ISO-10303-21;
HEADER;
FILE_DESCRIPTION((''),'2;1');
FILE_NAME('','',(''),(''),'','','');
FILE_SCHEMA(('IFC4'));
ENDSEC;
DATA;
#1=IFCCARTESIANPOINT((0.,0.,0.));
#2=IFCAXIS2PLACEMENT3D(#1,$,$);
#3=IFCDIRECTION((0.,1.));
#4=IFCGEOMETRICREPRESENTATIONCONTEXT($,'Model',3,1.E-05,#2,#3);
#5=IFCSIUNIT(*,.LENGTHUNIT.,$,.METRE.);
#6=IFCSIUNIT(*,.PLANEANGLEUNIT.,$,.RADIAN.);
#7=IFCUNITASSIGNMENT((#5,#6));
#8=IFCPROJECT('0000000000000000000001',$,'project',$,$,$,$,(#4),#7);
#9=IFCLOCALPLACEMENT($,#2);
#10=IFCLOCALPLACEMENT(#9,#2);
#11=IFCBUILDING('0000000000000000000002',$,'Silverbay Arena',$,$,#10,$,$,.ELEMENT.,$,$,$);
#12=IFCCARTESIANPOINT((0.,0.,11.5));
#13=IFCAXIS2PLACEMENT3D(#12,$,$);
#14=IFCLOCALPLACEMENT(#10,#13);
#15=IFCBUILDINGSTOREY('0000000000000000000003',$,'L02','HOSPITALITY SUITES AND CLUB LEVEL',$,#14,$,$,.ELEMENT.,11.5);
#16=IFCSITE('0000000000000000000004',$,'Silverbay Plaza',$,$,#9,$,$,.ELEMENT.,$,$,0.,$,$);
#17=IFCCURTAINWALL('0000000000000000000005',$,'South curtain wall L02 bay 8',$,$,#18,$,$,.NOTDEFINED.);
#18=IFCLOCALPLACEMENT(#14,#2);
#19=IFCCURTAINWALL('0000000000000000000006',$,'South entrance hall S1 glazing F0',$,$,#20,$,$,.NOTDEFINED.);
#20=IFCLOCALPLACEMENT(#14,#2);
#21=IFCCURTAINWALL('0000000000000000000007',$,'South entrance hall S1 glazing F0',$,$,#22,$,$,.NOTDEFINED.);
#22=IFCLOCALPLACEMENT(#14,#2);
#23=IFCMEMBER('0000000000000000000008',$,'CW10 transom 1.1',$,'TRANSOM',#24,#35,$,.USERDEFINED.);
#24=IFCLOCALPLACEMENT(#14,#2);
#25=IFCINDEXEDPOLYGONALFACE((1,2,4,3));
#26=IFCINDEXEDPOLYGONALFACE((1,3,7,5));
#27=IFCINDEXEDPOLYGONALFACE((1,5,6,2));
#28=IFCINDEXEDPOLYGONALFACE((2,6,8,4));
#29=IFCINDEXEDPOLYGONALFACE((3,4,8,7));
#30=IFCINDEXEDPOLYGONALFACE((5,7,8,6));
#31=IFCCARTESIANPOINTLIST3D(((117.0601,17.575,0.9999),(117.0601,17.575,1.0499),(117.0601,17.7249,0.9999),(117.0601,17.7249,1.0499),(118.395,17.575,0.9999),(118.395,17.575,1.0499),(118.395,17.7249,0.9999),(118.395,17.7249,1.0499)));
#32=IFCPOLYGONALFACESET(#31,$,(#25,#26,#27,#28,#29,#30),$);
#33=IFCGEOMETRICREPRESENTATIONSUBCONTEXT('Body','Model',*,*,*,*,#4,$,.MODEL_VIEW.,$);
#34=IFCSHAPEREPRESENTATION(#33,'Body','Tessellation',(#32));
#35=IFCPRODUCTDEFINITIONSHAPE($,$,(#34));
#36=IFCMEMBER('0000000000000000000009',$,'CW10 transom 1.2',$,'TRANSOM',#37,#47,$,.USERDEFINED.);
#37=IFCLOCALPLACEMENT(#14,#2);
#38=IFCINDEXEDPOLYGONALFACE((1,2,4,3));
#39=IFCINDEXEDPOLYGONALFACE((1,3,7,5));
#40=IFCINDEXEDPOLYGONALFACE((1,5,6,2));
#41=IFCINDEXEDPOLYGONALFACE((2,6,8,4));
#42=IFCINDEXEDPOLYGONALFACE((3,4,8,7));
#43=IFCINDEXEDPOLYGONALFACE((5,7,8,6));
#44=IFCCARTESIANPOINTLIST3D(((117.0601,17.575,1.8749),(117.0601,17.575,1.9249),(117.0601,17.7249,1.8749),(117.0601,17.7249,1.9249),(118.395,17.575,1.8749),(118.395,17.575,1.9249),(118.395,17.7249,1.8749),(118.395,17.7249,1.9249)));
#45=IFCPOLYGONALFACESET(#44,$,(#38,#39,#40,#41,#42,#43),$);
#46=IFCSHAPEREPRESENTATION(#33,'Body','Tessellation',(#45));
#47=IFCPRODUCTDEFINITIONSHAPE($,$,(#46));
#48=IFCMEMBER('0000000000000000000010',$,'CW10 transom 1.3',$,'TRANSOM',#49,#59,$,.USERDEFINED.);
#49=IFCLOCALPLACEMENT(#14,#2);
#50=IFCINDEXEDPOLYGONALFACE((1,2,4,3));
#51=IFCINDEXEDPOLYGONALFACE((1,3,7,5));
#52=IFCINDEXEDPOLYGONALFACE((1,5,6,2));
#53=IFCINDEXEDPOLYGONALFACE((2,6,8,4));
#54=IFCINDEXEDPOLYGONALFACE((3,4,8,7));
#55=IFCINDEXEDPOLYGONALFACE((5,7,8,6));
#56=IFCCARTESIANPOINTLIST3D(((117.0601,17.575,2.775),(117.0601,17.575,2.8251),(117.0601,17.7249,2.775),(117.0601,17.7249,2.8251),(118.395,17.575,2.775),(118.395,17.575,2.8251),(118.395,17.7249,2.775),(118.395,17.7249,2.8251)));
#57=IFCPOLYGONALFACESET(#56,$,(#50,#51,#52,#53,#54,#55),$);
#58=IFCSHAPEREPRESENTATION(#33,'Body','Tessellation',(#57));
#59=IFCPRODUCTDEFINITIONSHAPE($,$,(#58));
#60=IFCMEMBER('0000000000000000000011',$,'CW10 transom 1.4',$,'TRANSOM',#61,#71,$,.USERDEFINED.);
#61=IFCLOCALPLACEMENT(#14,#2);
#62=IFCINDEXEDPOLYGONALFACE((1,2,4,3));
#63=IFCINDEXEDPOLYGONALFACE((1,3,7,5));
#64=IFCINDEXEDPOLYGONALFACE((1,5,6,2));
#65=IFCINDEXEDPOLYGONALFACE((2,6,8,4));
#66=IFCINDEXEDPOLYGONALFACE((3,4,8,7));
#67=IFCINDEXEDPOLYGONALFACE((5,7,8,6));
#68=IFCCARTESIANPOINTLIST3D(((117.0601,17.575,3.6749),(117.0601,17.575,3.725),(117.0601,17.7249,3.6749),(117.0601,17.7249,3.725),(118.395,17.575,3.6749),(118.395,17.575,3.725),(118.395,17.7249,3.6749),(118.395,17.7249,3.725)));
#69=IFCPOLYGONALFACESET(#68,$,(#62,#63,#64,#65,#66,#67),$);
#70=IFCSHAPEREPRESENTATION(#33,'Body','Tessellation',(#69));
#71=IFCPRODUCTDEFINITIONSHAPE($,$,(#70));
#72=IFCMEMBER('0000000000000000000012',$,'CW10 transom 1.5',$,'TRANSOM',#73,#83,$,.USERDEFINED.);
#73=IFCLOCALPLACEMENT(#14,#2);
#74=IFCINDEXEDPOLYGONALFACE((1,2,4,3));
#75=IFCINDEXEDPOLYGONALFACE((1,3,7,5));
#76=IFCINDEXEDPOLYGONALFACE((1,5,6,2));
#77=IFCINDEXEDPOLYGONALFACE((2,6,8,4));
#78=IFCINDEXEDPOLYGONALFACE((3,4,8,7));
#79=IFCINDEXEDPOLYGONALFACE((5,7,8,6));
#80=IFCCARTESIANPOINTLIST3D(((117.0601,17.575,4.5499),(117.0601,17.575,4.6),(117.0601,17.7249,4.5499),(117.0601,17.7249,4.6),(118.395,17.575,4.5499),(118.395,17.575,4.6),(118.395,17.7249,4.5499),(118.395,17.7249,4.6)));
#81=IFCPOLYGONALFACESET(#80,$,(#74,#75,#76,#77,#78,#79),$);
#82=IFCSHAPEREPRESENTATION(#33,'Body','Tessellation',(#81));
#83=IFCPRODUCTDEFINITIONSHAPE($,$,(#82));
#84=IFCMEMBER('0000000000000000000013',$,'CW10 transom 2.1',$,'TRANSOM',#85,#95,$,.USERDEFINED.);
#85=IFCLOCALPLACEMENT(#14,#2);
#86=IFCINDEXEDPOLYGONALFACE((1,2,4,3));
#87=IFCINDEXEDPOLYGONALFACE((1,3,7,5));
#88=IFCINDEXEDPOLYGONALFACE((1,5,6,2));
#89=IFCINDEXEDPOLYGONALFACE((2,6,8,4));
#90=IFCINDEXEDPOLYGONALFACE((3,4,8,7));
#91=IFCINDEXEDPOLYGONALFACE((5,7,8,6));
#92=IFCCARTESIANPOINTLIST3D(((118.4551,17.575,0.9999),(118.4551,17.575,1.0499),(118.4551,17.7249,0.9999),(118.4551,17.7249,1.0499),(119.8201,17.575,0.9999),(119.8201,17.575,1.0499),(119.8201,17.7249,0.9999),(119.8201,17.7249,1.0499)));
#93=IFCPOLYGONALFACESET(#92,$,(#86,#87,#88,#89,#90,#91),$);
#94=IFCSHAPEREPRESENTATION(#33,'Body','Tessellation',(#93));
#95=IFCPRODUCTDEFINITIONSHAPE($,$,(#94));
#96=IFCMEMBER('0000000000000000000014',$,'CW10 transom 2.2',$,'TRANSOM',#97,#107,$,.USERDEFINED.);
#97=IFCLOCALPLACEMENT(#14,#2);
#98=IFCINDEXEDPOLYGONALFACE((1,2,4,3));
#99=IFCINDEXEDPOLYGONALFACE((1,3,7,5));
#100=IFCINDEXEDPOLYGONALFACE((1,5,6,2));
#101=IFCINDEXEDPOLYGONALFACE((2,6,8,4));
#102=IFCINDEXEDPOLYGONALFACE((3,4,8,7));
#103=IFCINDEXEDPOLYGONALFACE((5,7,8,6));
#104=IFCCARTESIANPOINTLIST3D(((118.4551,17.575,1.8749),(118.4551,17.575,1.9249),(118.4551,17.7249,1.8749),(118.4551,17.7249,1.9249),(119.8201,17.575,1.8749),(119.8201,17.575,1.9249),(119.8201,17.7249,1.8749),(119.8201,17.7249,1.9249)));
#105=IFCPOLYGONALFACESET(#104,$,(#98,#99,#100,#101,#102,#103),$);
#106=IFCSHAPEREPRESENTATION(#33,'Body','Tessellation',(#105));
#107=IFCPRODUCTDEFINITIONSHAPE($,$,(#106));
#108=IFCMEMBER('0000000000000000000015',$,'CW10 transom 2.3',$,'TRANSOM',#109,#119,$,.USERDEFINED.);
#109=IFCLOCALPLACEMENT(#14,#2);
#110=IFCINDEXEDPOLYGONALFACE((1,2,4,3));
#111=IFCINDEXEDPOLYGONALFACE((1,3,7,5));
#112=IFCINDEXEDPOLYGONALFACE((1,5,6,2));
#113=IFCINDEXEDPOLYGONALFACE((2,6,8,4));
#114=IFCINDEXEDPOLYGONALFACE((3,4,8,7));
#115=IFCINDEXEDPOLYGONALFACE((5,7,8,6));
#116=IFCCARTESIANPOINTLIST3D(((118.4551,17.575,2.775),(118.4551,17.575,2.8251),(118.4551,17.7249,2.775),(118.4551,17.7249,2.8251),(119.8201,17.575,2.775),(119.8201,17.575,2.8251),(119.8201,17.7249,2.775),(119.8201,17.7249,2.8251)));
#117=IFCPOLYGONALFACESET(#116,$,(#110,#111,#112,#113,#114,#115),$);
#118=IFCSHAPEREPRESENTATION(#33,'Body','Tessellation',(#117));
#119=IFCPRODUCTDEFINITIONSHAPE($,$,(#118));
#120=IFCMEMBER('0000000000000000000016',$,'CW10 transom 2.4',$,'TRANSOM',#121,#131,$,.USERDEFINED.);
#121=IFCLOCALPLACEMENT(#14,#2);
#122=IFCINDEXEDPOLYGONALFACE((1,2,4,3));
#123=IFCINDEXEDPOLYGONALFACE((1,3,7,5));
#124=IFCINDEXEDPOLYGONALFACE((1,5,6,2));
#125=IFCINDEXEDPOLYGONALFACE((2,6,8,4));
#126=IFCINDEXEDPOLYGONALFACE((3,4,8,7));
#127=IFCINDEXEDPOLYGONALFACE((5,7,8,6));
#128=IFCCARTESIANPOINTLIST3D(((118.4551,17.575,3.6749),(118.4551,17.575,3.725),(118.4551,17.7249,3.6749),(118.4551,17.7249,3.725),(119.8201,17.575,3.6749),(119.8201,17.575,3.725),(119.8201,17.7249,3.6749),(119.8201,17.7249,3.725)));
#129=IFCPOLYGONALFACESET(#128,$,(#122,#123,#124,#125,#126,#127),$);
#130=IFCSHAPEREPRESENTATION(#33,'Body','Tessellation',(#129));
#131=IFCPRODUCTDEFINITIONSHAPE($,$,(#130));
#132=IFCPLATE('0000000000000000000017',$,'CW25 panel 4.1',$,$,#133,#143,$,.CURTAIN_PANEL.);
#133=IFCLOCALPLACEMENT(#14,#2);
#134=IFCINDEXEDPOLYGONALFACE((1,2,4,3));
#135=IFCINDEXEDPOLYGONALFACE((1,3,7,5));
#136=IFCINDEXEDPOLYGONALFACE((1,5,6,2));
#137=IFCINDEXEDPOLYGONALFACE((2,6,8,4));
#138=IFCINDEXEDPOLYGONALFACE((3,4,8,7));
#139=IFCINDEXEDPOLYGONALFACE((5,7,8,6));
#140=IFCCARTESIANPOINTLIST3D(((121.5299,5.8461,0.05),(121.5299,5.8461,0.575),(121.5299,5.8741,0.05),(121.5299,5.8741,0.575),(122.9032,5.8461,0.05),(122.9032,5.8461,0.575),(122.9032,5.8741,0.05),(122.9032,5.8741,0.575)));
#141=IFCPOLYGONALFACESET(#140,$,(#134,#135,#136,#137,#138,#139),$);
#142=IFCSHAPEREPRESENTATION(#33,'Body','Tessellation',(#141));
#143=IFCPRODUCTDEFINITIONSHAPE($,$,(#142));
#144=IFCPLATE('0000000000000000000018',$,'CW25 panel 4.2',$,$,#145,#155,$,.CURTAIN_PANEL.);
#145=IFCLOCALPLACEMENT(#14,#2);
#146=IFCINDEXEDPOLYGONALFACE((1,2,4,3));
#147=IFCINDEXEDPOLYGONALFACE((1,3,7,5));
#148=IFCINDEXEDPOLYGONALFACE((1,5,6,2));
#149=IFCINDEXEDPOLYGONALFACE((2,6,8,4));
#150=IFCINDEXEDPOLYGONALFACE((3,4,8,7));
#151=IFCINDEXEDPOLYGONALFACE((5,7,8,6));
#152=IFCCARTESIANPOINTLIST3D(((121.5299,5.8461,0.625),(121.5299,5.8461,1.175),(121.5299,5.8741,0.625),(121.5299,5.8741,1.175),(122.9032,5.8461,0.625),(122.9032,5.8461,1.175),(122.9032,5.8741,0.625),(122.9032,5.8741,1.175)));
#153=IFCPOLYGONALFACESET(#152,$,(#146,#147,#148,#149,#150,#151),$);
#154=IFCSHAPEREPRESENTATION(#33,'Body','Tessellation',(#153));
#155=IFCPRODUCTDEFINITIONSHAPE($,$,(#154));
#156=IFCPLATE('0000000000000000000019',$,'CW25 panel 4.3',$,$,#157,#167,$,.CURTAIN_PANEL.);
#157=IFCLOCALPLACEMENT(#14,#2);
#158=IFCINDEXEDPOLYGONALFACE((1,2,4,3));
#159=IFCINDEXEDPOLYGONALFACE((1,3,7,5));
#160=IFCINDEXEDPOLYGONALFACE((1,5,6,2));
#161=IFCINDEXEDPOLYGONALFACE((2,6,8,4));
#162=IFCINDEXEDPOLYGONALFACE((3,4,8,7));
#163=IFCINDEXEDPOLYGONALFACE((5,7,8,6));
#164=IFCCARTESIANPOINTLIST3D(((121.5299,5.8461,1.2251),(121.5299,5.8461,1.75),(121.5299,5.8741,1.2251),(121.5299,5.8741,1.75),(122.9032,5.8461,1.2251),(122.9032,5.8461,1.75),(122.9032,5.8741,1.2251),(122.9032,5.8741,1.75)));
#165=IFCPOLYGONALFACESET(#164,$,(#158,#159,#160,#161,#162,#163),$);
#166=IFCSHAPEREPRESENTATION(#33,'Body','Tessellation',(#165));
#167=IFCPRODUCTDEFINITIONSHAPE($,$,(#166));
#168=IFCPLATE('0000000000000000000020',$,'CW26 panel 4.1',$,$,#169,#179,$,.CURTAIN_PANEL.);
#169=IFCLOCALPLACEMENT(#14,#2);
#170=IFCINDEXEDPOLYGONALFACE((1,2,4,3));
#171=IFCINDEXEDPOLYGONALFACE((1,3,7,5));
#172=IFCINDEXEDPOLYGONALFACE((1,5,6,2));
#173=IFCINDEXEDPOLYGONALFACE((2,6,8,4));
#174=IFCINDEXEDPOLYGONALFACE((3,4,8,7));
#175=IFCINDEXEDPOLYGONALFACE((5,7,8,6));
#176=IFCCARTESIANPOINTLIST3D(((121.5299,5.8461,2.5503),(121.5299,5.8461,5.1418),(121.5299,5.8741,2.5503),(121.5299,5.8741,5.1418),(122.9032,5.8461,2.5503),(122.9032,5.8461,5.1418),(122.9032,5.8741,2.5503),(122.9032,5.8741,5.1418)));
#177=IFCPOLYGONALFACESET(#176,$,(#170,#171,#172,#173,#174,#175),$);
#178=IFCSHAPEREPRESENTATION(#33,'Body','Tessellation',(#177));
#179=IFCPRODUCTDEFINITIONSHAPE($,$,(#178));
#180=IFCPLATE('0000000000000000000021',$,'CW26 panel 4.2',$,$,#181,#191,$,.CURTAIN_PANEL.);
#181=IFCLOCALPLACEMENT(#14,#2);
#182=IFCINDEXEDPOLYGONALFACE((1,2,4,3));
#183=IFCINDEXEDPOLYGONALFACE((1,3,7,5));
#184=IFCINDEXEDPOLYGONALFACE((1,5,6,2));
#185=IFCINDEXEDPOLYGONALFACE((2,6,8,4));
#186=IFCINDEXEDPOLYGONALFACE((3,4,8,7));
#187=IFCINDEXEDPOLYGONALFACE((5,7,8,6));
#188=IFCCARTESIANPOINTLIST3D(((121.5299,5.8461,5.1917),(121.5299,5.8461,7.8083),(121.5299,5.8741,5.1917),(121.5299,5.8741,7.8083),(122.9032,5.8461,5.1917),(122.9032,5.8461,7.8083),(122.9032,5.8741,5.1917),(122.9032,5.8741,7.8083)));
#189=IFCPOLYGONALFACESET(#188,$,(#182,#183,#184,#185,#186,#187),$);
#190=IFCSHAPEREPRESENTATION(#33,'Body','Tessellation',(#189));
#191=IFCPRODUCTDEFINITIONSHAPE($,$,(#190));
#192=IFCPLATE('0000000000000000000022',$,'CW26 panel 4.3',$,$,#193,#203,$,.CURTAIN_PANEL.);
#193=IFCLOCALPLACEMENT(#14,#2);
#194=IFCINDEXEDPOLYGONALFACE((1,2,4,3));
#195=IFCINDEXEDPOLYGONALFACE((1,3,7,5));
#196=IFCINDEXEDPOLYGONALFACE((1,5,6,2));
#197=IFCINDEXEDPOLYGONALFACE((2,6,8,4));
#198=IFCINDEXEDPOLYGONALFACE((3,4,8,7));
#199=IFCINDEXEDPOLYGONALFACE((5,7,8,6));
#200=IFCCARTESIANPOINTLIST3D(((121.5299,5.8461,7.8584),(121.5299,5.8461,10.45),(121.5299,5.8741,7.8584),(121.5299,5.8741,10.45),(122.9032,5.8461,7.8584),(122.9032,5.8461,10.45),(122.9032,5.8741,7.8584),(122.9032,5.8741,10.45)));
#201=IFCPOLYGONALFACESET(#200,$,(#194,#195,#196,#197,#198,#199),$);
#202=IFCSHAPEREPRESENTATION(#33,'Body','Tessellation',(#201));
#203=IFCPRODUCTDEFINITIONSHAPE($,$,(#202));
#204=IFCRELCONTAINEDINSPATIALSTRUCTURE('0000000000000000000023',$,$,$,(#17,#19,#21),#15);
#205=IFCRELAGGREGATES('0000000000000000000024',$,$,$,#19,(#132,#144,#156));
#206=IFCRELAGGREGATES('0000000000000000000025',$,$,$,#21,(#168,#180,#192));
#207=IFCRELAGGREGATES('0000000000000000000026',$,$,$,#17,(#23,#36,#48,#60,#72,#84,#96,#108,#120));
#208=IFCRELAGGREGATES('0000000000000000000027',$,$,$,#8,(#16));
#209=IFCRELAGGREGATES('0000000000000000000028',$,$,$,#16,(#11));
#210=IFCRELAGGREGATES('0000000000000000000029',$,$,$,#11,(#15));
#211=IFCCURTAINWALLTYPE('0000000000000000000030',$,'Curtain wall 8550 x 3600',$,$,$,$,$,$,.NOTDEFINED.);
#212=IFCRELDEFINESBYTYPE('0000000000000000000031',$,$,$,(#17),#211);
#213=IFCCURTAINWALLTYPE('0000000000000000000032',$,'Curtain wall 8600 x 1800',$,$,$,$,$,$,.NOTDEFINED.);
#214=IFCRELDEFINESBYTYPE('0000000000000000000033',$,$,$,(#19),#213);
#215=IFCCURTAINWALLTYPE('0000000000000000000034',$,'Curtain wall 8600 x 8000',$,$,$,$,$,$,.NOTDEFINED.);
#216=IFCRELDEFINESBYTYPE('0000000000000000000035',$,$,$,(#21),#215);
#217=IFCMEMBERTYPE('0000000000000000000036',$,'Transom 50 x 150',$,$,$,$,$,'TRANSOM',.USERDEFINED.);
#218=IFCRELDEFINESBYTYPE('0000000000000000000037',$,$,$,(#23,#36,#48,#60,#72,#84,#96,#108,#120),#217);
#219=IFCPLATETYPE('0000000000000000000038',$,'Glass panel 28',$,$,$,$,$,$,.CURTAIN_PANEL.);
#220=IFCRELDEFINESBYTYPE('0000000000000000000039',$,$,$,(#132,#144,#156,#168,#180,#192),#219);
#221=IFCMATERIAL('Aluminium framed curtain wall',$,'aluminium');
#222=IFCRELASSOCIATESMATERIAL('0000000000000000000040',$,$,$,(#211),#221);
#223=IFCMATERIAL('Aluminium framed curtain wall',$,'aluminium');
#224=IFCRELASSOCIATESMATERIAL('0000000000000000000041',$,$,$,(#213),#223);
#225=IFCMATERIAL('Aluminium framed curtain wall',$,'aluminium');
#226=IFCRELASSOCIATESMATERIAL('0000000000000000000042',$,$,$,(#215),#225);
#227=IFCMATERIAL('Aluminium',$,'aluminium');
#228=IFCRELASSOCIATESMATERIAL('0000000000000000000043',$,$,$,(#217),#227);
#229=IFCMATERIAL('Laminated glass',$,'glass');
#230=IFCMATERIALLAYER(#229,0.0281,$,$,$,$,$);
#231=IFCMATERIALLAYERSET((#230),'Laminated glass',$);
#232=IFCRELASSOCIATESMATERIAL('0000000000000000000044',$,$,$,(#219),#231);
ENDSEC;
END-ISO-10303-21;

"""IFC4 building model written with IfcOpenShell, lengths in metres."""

from ifc_helpers import new_model, si_unit, direction, frame, origin, origin_2d, place, context, subcontext, project, spatial, rectangle, extrude, material, layer, layer_set, material_profile, profile_set, type_object, element, aggregate, save


model = new_model("IFC4")

# Units and contexts
model_context = context("Model", 3, precision=1e-05, world=origin(), true_north=direction((0.0, 1.0)))
body_context = subcontext(model_context, "Body", "Model", "MODEL_VIEW")
ifc_project = project(units=[si_unit("LENGTHUNIT", "METRE"), si_unit("PLANEANGLEUNIT", "RADIAN")], contexts=[model_context])

# Site, building, storey
site_placement = place(None, origin())
site = spatial("IfcSite", under=ifc_project, at=site_placement, Name="Silverbay Plaza", CompositionType="ELEMENT", RefElevation=0.0)
building_placement = place(site_placement, origin())
building = spatial("IfcBuilding", under=site, at=building_placement, Name="Silverbay Arena", CompositionType="ELEMENT")
storey_placement = place(building_placement, frame((0.0, 0.0, 11.5)))
storey = spatial("IfcBuildingStorey", under=building, at=storey_placement, Name="L02", Description="HOSPITALITY SUITES AND CLUB LEVEL", CompositionType="ELEMENT", Elevation=11.5)

# Curtain wall
ifc_material_1 = material(Name="Aluminium framed curtain wall", Category="aluminium")
curtain_wall_type_1 = type_object("IfcCurtainWallType", Name="Curtain wall 8550 x 3600", PredefinedType="NOTDEFINED", material=ifc_material_1)
curtain_wall_1_placement = place(storey_placement, origin())
curtain_wall_1 = element("IfcCurtainWall", 1, at=curtain_wall_1_placement, inside=storey, type_object=curtain_wall_type_1, Name="South curtain wall L02 bay 8", PredefinedType="NOTDEFINED")

# Curtain walls
ifc_material_2 = material(Name="Aluminium framed curtain wall", Category="aluminium")
curtain_wall_type_2 = type_object("IfcCurtainWallType", Name="Curtain wall 8600 x 1800", PredefinedType="NOTDEFINED", material=ifc_material_2)
curtain_wall_2_placement = place(storey_placement, origin())
curtain_wall_2 = element("IfcCurtainWall", 2, at=curtain_wall_2_placement, inside=storey, type_object=curtain_wall_type_2, Name="South entrance hall S1 glazing F0", PredefinedType="NOTDEFINED")
ifc_material_3 = material(Name="Aluminium framed curtain wall", Category="aluminium")
curtain_wall_type_3 = type_object("IfcCurtainWallType", Name="Curtain wall 8600 x 8000", PredefinedType="NOTDEFINED", material=ifc_material_3)
curtain_wall_3_placement = place(storey_placement, origin())
curtain_wall_3 = element("IfcCurtainWall", 3, at=curtain_wall_3_placement, inside=storey, type_object=curtain_wall_type_3, Name="South entrance hall S1 glazing F0", PredefinedType="NOTDEFINED")

# Members
ifc_material_4 = material(Name="Aluminium", Category="aluminium")
ifc_material_profile_1 = material_profile(ifc_material_4, rectangle(XDim=0.1499, YDim=0.05, at=origin_2d()), Name="Transom 50 x 150")
ifc_profile_set_1 = profile_set([ifc_material_profile_1], Name="Aluminium")
member_type_1 = type_object("IfcMemberType", Name="Transom 50 x 150", ElementType="TRANSOM", PredefinedType="USERDEFINED", material=ifc_profile_set_1)
member_1_placement = place(storey_placement, frame((117.0601, 17.6499, 1.0249), z_axis=(1.0, 0.0, 0.0), x_axis=(0.0, 1.0, 0.0)))
member_1 = element("IfcMember", 4, at=member_1_placement, type_object=member_type_1, Name="CW10 transom 1.1", ObjectType="TRANSOM", PredefinedType="USERDEFINED", context=body_context, shape_type="SweptSolid", body=[
    extrude(rectangle(XDim=0.1499, YDim=0.05, at=origin_2d()), origin(), (0.0, 0.0, 1.0), 1.335),
])
member_2_placement = place(storey_placement, frame((117.0601, 17.6499, 1.8999), z_axis=(1.0, 0.0, 0.0), x_axis=(0.0, 1.0, 0.0)))
member_2 = element("IfcMember", 5, at=member_2_placement, type_object=member_type_1, Name="CW10 transom 1.2", ObjectType="TRANSOM", PredefinedType="USERDEFINED", context=body_context, shape_type="SweptSolid", body=[
    extrude(rectangle(XDim=0.1499, YDim=0.05, at=origin_2d()), origin(), (0.0, 0.0, 1.0), 1.335),
])
member_3_placement = place(storey_placement, frame((117.0601, 17.6499, 2.8), z_axis=(1.0, 0.0, 0.0), x_axis=(0.0, 1.0, 0.0)))
member_3 = element("IfcMember", 6, at=member_3_placement, type_object=member_type_1, Name="CW10 transom 1.3", ObjectType="TRANSOM", PredefinedType="USERDEFINED", context=body_context, shape_type="SweptSolid", body=[
    extrude(rectangle(XDim=0.1499, YDim=0.05, at=origin_2d()), origin(), (0.0, 0.0, 1.0), 1.335),
])
member_4_placement = place(storey_placement, frame((117.0601, 17.6499, 3.7), z_axis=(1.0, 0.0, 0.0), x_axis=(0.0, 1.0, 0.0)))
member_4 = element("IfcMember", 7, at=member_4_placement, type_object=member_type_1, Name="CW10 transom 1.4", ObjectType="TRANSOM", PredefinedType="USERDEFINED", context=body_context, shape_type="SweptSolid", body=[
    extrude(rectangle(XDim=0.1499, YDim=0.05, at=origin_2d()), origin(), (0.0, 0.0, 1.0), 1.335),
])
member_5_placement = place(storey_placement, frame((117.0601, 17.6499, 4.575), z_axis=(1.0, 0.0, 0.0), x_axis=(0.0, 1.0, 0.0)))
member_5 = element("IfcMember", 8, at=member_5_placement, type_object=member_type_1, Name="CW10 transom 1.5", ObjectType="TRANSOM", PredefinedType="USERDEFINED", context=body_context, shape_type="SweptSolid", body=[
    extrude(rectangle(XDim=0.1499, YDim=0.05, at=origin_2d()), origin(), (0.0, 0.0, 1.0), 1.335),
])
member_6_placement = place(storey_placement, frame((118.4551, 17.6499, 1.0249), z_axis=(1.0, 0.0, 0.0), x_axis=(0.0, 1.0, 0.0)))
member_6 = element("IfcMember", 9, at=member_6_placement, type_object=member_type_1, Name="CW10 transom 2.1", ObjectType="TRANSOM", PredefinedType="USERDEFINED", context=body_context, shape_type="SweptSolid", body=[
    extrude(rectangle(XDim=0.1499, YDim=0.05, at=origin_2d()), origin(), (0.0, 0.0, 1.0), 1.365),
])
member_7_placement = place(storey_placement, frame((118.4551, 17.6499, 1.8999), z_axis=(1.0, 0.0, 0.0), x_axis=(0.0, 1.0, 0.0)))
member_7 = element("IfcMember", 10, at=member_7_placement, type_object=member_type_1, Name="CW10 transom 2.2", ObjectType="TRANSOM", PredefinedType="USERDEFINED", context=body_context, shape_type="SweptSolid", body=[
    extrude(rectangle(XDim=0.1499, YDim=0.05, at=origin_2d()), origin(), (0.0, 0.0, 1.0), 1.365),
])
member_8_placement = place(storey_placement, frame((118.4551, 17.6499, 2.8), z_axis=(1.0, 0.0, 0.0), x_axis=(0.0, 1.0, 0.0)))
member_8 = element("IfcMember", 11, at=member_8_placement, type_object=member_type_1, Name="CW10 transom 2.3", ObjectType="TRANSOM", PredefinedType="USERDEFINED", context=body_context, shape_type="SweptSolid", body=[
    extrude(rectangle(XDim=0.1499, YDim=0.05, at=origin_2d()), origin(), (0.0, 0.0, 1.0), 1.365),
])
member_9_placement = place(storey_placement, frame((118.4551, 17.6499, 3.7), z_axis=(1.0, 0.0, 0.0), x_axis=(0.0, 1.0, 0.0)))
member_9 = element("IfcMember", 12, at=member_9_placement, type_object=member_type_1, Name="CW10 transom 2.4", ObjectType="TRANSOM", PredefinedType="USERDEFINED", context=body_context, shape_type="SweptSolid", body=[
    extrude(rectangle(XDim=0.1499, YDim=0.05, at=origin_2d()), origin(), (0.0, 0.0, 1.0), 1.365),
])

# Plates
ifc_material_5 = material(Name="Laminated glass", Category="glass")
ifc_layer_1 = layer(ifc_material_5, 0.0281)
ifc_layer_set_1 = layer_set([ifc_layer_1], Name="Laminated glass")
plate_type_1 = type_object("IfcPlateType", Name="Glass panel 28", PredefinedType="CURTAIN_PANEL", material=ifc_layer_set_1)
plate_1_placement = place(storey_placement, frame((122.2166, 5.8601, 0.05), z_axis=(0.0, 0.0, 1.0), x_axis=(1.0, 0.0, 0.0)))
plate_1 = element("IfcPlate", 13, at=plate_1_placement, type_object=plate_type_1, Name="CW25 panel 4.1", PredefinedType="CURTAIN_PANEL", context=body_context, shape_type="SweptSolid", body=[
    extrude(rectangle(XDim=1.3733, YDim=0.0281, at=origin_2d()), origin(), (0.0, 0.0, 1.0), 0.5249),
])
plate_2_placement = place(storey_placement, frame((122.2166, 5.8601, 0.625), z_axis=(0.0, 0.0, 1.0), x_axis=(1.0, 0.0, 0.0)))
plate_2 = element("IfcPlate", 14, at=plate_2_placement, type_object=plate_type_1, Name="CW25 panel 4.2", PredefinedType="CURTAIN_PANEL", context=body_context, shape_type="SweptSolid", body=[
    extrude(rectangle(XDim=1.3733, YDim=0.0281, at=origin_2d()), origin(), (0.0, 0.0, 1.0), 0.55),
])
plate_3_placement = place(storey_placement, frame((122.2166, 5.8601, 1.2251), z_axis=(0.0, 0.0, 1.0), x_axis=(1.0, 0.0, 0.0)))
plate_3 = element("IfcPlate", 15, at=plate_3_placement, type_object=plate_type_1, Name="CW25 panel 4.3", PredefinedType="CURTAIN_PANEL", context=body_context, shape_type="SweptSolid", body=[
    extrude(rectangle(XDim=1.3733, YDim=0.0281, at=origin_2d()), origin(), (0.0, 0.0, 1.0), 0.5249),
])
aggregate(curtain_wall_2, [plate_1, plate_2, plate_3])
plate_4_placement = place(storey_placement, frame((122.2166, 5.8601, 2.5503), z_axis=(0.0, 0.0, 1.0), x_axis=(1.0, 0.0, 0.0)))
plate_4 = element("IfcPlate", 16, at=plate_4_placement, type_object=plate_type_1, Name="CW26 panel 4.1", PredefinedType="CURTAIN_PANEL", context=body_context, shape_type="SweptSolid", body=[
    extrude(rectangle(XDim=1.3733, YDim=0.0281, at=origin_2d()), origin(), (0.0, 0.0, 1.0), 2.5916),
])
plate_5_placement = place(storey_placement, frame((122.2166, 5.8601, 5.1917), z_axis=(0.0, 0.0, 1.0), x_axis=(1.0, 0.0, 0.0)))
plate_5 = element("IfcPlate", 17, at=plate_5_placement, type_object=plate_type_1, Name="CW26 panel 4.2", PredefinedType="CURTAIN_PANEL", context=body_context, shape_type="SweptSolid", body=[
    extrude(rectangle(XDim=1.3733, YDim=0.0281, at=origin_2d()), origin(), (0.0, 0.0, 1.0), 2.6167),
])
plate_6_placement = place(storey_placement, frame((122.2166, 5.8601, 7.8584), z_axis=(0.0, 0.0, 1.0), x_axis=(1.0, 0.0, 0.0)))
plate_6 = element("IfcPlate", 18, at=plate_6_placement, type_object=plate_type_1, Name="CW26 panel 4.3", PredefinedType="CURTAIN_PANEL", context=body_context, shape_type="SweptSolid", body=[
    extrude(rectangle(XDim=1.3733, YDim=0.0281, at=origin_2d()), origin(), (0.0, 0.0, 1.0), 2.5916),
])
aggregate(curtain_wall_3, [plate_4, plate_5, plate_6])
aggregate(curtain_wall_1, [member_1, member_2, member_3, member_4, member_5, member_6, member_7, member_8, member_9])

save(model, "model.ifc")
